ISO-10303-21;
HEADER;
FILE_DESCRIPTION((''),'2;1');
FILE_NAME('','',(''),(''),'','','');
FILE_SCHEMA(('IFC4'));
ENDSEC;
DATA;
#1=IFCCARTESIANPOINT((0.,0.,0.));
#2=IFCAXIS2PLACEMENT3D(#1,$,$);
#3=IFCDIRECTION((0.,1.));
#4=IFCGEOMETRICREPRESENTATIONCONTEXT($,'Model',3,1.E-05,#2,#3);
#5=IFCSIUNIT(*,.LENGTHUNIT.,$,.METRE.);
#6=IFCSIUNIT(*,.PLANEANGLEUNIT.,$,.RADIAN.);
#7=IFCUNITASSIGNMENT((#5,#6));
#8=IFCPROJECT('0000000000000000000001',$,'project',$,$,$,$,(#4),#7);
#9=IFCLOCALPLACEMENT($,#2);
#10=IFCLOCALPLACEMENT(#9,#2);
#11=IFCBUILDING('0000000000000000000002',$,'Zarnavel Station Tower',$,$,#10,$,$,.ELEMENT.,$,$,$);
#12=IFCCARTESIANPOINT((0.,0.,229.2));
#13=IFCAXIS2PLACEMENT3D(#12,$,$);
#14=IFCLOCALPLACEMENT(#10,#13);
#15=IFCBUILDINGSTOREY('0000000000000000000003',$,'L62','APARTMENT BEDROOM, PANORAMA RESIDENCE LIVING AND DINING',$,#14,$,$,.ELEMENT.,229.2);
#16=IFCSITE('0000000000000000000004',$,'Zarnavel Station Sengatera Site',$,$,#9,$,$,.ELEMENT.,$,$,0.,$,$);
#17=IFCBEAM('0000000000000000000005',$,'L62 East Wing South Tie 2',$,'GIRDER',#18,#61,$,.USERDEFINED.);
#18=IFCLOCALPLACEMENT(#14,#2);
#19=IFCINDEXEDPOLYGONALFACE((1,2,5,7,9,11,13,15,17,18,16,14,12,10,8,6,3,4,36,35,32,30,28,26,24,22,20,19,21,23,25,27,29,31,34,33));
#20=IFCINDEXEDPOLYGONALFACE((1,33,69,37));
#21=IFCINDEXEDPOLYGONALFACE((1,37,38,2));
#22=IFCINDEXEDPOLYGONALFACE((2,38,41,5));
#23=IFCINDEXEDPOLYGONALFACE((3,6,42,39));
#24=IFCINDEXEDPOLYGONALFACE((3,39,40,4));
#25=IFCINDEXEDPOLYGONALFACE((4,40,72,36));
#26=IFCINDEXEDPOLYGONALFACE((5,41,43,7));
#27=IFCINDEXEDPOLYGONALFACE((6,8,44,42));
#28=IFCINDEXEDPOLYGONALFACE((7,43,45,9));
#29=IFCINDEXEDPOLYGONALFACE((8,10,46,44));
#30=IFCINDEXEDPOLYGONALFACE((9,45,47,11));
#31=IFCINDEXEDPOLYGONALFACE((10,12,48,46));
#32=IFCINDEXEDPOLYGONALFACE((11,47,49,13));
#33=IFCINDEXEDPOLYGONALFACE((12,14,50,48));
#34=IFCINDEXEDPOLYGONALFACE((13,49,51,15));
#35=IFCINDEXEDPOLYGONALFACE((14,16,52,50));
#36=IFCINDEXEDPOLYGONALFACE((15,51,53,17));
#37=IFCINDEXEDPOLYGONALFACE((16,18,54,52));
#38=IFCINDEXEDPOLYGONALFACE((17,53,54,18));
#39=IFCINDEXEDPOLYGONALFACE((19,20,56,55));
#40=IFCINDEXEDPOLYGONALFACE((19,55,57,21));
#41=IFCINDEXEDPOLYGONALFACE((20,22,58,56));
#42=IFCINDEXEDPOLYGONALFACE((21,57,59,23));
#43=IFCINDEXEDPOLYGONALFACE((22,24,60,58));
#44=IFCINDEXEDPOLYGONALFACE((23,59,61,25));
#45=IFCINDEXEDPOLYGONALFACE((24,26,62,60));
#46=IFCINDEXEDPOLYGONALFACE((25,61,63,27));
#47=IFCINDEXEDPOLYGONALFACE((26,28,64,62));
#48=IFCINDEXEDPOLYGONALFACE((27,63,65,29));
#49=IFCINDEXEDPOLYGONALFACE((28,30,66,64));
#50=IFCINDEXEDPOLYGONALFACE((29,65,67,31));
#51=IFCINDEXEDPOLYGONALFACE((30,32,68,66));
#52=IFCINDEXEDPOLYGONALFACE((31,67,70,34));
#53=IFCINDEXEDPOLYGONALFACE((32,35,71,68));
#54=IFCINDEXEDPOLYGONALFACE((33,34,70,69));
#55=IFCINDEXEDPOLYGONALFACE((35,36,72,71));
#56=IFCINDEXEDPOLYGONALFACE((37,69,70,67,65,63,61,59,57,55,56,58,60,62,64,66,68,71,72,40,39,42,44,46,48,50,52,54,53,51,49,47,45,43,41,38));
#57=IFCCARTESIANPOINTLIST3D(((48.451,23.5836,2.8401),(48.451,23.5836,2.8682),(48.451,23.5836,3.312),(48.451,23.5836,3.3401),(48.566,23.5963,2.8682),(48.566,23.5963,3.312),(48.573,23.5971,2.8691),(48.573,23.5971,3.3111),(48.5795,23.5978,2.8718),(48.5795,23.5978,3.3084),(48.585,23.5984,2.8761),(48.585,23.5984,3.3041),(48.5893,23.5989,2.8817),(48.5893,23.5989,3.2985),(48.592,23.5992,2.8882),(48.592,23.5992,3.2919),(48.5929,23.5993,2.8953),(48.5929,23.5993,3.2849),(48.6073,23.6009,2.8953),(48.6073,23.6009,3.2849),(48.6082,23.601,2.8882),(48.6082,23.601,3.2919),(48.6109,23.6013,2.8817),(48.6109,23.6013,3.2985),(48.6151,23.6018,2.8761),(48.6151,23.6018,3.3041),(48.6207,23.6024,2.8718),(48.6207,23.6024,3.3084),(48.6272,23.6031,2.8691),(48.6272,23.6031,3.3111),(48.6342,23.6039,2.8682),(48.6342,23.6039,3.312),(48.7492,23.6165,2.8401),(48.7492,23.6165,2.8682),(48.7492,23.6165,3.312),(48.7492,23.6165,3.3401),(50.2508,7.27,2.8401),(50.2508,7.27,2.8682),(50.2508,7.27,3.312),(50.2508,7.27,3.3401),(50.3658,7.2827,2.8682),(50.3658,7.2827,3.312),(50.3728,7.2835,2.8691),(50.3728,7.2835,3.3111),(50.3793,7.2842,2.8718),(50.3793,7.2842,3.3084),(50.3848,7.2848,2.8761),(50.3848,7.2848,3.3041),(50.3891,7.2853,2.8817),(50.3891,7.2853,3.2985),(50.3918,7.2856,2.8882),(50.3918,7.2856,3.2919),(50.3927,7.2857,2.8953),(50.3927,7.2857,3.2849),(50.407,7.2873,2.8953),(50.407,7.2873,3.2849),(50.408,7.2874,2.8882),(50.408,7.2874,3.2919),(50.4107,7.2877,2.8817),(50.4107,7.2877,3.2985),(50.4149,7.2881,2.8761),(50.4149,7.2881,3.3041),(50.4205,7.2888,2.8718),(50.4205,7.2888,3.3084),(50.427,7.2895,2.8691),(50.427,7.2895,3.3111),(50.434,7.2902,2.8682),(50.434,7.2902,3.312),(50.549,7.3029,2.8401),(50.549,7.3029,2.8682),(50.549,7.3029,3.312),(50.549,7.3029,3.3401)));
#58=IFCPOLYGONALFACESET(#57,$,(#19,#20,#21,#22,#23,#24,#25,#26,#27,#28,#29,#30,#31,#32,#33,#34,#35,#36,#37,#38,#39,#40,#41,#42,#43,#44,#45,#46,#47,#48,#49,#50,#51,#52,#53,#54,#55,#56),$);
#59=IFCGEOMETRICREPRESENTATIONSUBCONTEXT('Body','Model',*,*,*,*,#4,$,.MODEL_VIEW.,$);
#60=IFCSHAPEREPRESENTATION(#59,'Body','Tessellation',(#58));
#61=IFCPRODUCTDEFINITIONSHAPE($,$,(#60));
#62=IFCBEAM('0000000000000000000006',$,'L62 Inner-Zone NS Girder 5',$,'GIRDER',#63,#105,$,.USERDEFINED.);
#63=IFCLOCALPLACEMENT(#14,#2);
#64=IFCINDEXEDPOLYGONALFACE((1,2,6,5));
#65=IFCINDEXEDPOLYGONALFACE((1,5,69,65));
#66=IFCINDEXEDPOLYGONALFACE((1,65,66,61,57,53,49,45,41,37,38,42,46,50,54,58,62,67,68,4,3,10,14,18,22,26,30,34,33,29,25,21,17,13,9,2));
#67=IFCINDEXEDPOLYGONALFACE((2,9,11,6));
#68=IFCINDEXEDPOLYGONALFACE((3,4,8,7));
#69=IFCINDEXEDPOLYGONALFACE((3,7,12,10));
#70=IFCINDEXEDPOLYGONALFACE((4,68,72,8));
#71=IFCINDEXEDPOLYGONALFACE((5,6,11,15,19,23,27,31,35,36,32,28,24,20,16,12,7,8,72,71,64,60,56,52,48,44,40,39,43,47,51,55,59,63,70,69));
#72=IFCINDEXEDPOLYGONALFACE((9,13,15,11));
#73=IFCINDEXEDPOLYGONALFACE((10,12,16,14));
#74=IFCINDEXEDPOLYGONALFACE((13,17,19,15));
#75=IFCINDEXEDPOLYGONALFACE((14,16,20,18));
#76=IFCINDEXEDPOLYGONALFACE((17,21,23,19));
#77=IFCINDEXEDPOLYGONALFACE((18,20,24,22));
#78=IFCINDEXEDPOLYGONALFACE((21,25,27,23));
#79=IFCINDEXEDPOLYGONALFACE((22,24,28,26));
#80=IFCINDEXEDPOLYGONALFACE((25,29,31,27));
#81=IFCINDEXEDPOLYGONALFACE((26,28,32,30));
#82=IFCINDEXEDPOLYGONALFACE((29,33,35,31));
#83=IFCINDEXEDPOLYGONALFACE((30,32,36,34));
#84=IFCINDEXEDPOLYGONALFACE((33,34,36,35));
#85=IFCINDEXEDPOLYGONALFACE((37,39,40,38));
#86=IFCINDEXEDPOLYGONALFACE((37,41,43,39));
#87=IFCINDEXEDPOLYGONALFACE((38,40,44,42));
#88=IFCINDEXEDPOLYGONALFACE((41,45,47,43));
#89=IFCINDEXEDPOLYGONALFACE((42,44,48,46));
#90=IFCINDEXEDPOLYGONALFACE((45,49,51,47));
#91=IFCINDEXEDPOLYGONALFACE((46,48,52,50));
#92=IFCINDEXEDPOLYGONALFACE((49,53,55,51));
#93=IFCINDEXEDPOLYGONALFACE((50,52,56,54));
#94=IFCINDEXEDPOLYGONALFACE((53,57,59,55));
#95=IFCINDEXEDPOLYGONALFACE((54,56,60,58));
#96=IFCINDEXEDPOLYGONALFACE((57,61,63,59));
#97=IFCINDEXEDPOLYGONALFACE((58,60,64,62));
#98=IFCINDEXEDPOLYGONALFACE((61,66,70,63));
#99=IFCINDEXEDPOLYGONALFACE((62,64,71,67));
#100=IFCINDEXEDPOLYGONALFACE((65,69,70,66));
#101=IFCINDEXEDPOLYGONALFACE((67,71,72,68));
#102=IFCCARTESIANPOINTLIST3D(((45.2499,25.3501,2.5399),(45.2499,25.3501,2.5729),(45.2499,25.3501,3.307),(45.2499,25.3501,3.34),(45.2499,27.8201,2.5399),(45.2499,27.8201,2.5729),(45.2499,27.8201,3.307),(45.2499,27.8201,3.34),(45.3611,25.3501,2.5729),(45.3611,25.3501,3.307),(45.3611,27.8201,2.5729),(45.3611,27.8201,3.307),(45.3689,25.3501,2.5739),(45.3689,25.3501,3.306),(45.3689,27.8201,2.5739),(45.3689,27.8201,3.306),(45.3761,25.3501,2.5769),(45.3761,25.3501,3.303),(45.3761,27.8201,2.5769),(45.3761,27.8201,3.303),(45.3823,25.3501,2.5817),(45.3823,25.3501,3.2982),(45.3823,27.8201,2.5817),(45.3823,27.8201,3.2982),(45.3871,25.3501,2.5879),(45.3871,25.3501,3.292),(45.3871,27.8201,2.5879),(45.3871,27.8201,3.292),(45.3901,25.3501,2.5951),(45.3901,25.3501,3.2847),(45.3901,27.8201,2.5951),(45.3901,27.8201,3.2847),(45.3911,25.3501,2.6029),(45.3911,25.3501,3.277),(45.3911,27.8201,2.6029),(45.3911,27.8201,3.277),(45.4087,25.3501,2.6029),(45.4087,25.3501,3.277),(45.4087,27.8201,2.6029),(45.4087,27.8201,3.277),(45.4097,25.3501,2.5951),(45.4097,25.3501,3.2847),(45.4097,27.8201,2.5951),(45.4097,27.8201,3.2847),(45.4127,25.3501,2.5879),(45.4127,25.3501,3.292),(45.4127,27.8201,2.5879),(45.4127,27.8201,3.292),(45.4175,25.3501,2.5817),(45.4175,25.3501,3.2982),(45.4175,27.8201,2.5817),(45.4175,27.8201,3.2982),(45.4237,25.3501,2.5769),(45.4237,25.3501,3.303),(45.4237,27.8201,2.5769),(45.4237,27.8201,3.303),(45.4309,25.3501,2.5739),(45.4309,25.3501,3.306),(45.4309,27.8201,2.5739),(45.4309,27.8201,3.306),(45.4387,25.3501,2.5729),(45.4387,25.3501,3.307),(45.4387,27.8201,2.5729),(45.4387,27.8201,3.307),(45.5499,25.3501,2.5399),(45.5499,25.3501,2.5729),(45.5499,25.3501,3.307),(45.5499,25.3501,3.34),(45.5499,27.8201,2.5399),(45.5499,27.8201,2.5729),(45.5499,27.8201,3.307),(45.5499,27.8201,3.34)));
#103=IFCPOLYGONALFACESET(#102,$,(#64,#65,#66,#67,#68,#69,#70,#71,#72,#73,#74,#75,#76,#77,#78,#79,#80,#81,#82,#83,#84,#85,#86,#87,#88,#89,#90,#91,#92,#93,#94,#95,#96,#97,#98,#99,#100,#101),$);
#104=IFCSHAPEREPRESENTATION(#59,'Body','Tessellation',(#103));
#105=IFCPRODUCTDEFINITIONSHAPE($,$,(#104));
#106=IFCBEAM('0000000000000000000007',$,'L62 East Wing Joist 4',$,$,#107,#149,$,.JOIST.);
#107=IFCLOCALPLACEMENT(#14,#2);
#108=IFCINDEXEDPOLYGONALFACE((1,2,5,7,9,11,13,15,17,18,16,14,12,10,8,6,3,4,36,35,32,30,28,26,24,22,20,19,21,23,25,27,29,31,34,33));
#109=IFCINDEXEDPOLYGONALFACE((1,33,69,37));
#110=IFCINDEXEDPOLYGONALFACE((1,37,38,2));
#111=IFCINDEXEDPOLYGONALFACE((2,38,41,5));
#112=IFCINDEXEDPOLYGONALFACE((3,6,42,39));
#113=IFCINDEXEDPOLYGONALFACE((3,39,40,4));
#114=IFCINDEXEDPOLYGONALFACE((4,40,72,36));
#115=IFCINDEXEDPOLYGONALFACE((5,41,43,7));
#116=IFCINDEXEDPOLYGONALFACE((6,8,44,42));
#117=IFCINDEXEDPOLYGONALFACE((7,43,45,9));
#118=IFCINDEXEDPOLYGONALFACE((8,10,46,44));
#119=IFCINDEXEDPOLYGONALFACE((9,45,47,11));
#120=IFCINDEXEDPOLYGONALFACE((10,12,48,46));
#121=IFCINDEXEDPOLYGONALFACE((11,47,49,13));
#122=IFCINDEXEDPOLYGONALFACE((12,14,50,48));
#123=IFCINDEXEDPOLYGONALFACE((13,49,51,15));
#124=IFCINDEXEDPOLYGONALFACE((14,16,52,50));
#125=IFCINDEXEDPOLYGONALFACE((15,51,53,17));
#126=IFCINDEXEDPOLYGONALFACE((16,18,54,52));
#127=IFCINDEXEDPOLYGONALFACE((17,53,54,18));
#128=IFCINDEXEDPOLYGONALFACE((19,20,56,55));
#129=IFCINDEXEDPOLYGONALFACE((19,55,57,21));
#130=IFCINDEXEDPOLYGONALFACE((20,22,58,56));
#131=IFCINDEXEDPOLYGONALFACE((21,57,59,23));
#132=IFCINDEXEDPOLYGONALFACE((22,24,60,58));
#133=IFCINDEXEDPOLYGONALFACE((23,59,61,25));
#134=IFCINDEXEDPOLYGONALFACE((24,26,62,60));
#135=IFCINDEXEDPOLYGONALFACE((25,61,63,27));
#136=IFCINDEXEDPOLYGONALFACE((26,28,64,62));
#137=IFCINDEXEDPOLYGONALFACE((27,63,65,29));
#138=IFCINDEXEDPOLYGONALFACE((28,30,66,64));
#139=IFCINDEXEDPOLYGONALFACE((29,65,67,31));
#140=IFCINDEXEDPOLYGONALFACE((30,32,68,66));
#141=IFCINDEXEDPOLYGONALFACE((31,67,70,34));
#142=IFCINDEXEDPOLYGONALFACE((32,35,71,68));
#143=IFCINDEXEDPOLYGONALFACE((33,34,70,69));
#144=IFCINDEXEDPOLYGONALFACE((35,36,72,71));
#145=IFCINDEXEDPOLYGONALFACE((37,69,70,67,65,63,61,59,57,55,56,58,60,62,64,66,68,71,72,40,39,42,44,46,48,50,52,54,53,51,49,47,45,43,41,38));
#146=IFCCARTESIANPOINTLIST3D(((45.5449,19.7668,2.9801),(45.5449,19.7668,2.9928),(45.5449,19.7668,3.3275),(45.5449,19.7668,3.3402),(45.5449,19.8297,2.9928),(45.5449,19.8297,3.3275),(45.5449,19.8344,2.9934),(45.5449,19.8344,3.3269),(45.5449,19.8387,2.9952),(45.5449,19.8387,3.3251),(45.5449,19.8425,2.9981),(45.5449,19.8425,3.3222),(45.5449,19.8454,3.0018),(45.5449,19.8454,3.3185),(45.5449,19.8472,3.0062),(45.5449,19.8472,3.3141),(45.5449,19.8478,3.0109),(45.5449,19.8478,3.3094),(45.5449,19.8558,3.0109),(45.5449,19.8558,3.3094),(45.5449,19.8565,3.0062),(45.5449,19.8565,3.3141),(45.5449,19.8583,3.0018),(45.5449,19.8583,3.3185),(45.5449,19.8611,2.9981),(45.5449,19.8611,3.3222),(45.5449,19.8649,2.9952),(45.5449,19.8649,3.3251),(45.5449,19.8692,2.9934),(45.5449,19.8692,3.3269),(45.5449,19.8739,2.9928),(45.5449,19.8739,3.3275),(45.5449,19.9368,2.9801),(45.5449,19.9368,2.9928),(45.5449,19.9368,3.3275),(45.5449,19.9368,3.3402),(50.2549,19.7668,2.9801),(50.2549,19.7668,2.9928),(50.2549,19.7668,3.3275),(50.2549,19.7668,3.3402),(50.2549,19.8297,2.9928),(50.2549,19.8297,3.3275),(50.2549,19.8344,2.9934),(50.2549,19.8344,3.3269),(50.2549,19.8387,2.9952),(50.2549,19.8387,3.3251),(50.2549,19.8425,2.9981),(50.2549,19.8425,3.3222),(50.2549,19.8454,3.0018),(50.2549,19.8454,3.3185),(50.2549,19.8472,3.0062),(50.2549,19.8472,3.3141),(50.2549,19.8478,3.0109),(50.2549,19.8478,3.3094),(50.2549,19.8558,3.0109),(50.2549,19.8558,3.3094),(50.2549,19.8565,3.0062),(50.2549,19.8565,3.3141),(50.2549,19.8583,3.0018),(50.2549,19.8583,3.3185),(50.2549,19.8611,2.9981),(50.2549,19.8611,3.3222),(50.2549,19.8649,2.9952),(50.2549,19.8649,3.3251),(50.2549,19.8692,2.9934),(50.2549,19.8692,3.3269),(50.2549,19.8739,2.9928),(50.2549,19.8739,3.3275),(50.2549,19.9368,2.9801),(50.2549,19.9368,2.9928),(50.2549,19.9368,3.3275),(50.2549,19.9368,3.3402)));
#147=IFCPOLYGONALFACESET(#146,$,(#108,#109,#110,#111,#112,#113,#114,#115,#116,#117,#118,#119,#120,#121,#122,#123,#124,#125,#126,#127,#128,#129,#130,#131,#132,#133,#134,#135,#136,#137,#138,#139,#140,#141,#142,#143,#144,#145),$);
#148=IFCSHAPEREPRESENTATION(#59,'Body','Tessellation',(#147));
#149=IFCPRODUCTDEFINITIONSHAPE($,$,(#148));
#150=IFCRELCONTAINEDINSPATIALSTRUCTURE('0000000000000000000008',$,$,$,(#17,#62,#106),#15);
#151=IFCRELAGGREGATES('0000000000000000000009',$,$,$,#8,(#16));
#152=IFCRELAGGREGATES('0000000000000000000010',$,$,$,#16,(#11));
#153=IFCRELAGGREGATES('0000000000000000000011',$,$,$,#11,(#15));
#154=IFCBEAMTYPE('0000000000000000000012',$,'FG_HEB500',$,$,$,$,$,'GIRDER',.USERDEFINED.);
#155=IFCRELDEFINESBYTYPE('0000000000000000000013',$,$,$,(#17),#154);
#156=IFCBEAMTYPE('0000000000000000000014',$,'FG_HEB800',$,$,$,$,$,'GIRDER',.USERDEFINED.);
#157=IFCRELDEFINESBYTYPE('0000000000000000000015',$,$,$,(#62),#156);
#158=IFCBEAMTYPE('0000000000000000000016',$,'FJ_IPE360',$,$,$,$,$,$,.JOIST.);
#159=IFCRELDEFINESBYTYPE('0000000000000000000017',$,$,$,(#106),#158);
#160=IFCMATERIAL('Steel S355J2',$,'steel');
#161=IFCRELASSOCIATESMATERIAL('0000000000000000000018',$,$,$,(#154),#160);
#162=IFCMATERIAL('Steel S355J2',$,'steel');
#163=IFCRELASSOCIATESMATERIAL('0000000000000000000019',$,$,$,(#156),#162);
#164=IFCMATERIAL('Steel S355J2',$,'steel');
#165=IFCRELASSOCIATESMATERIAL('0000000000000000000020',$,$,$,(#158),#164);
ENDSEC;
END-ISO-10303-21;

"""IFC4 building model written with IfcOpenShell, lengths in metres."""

from ifc_helpers import new_model, si_unit, direction, frame, origin, origin_2d, place, context, subcontext, project, spatial, i_section, extrude, material, material_profile, profile_set, type_object, element, save


model = new_model("IFC4")

# Units and contexts
model_context = context("Model", 3, precision=1e-05, world=origin(), true_north=direction((0.0, 1.0)))
body_context = subcontext(model_context, "Body", "Model", "MODEL_VIEW")
ifc_project = project(units=[si_unit("LENGTHUNIT", "METRE"), si_unit("PLANEANGLEUNIT", "RADIAN")], contexts=[model_context])

# Site, building, storey
site_placement = place(None, origin())
site = spatial("IfcSite", under=ifc_project, at=site_placement, Name="Zarnavel Station Sengatera Site", CompositionType="ELEMENT", RefElevation=0.0)
building_placement = place(site_placement, origin())
building = spatial("IfcBuilding", under=site, at=building_placement, Name="Zarnavel Station Tower", CompositionType="ELEMENT")
storey_placement = place(building_placement, frame((0.0, 0.0, 229.2)))
storey = spatial("IfcBuildingStorey", under=building, at=storey_placement, Name="L62", Description="APARTMENT BEDROOM, PANORAMA RESIDENCE LIVING AND DINING", CompositionType="ELEMENT", Elevation=229.2)

# Beams
ifc_material_1 = material(Name="Steel S355J2", Category="steel")
ifc_material_profile_1 = material_profile(ifc_material_1, i_section(OverallWidth=0.3, OverallDepth=0.5, WebThickness=0.0144, FlangeThickness=0.0281, FilletRadius=0.0271, at=origin_2d()), Name="HEB500")
ifc_profile_set_1 = profile_set([ifc_material_profile_1], Name="Steel S355J2")
beam_type_1 = type_object("IfcBeamType", Name="FG_HEB500", ElementType="GIRDER", PredefinedType="USERDEFINED", material=ifc_profile_set_1)
beam_1_placement = place(storey_placement, frame((48.6001, 23.6001, 3.0901), z_axis=(0.109659, -0.993969, 0.0), x_axis=(0.993969, 0.109659, 0.0)))
element("IfcBeam", 1, at=beam_1_placement, inside=storey, type_object=beam_type_1, Name="L62 East Wing South Tie 2", ObjectType="GIRDER", PredefinedType="USERDEFINED", context=body_context, shape_type="SweptSolid", body=[
    extrude(i_section(OverallWidth=0.3, OverallDepth=0.5, WebThickness=0.0144, FlangeThickness=0.0281, FilletRadius=0.0271, at=origin_2d()), origin(), (0.0, 0.0, 1.0), 16.4126),
])
ifc_material_2 = material(Name="Steel S355J2", Category="steel")
ifc_material_profile_2 = material_profile(ifc_material_2, i_section(OverallWidth=0.3, OverallDepth=0.8, WebThickness=0.0176, FlangeThickness=0.033, FilletRadius=0.03, at=origin_2d()), Name="HEB800")
ifc_profile_set_2 = profile_set([ifc_material_profile_2], Name="Steel S355J2")
beam_type_2 = type_object("IfcBeamType", Name="FG_HEB800", ElementType="GIRDER", PredefinedType="USERDEFINED", material=ifc_profile_set_2)
beam_2_placement = place(storey_placement, frame((45.3999, 25.3501, 2.9399), z_axis=(0.0, 1.0, 0.0), x_axis=(-1.0, 0.0, 0.0)))
element("IfcBeam", 2, at=beam_2_placement, inside=storey, type_object=beam_type_2, Name="L62 Inner-Zone NS Girder 5", ObjectType="GIRDER", PredefinedType="USERDEFINED", context=body_context, shape_type="SweptSolid", body=[
    extrude(i_section(OverallWidth=0.3, OverallDepth=0.8, WebThickness=0.0176, FlangeThickness=0.033, FilletRadius=0.03, at=origin_2d()), origin(), (0.0, 0.0, 1.0), 2.47),
])
ifc_material_3 = material(Name="Steel S355J2", Category="steel")
ifc_material_profile_3 = material_profile(ifc_material_3, i_section(OverallWidth=0.1699, OverallDepth=0.3601, WebThickness=0.0081, FlangeThickness=0.0127, FilletRadius=0.0181, at=origin_2d()), Name="IPE360")
ifc_profile_set_3 = profile_set([ifc_material_profile_3], Name="Steel S355J2")
beam_type_3 = type_object("IfcBeamType", Name="FJ_IPE360", PredefinedType="JOIST", material=ifc_profile_set_3)
beam_3_placement = place(storey_placement, frame((45.5449, 19.8518, 3.1602), z_axis=(1.0, 0.0, 0.0), x_axis=(0.0, 1.0, 0.0)))
element("IfcBeam", 3, at=beam_3_placement, inside=storey, type_object=beam_type_3, Name="L62 East Wing Joist 4", PredefinedType="JOIST", context=body_context, shape_type="SweptSolid", body=[
    extrude(i_section(OverallWidth=0.1699, OverallDepth=0.3601, WebThickness=0.0081, FlangeThickness=0.0127, FilletRadius=0.0181, at=origin_2d()), origin(), (0.0, 0.0, 1.0), 4.71),
])

save(model, "model.ifc")
